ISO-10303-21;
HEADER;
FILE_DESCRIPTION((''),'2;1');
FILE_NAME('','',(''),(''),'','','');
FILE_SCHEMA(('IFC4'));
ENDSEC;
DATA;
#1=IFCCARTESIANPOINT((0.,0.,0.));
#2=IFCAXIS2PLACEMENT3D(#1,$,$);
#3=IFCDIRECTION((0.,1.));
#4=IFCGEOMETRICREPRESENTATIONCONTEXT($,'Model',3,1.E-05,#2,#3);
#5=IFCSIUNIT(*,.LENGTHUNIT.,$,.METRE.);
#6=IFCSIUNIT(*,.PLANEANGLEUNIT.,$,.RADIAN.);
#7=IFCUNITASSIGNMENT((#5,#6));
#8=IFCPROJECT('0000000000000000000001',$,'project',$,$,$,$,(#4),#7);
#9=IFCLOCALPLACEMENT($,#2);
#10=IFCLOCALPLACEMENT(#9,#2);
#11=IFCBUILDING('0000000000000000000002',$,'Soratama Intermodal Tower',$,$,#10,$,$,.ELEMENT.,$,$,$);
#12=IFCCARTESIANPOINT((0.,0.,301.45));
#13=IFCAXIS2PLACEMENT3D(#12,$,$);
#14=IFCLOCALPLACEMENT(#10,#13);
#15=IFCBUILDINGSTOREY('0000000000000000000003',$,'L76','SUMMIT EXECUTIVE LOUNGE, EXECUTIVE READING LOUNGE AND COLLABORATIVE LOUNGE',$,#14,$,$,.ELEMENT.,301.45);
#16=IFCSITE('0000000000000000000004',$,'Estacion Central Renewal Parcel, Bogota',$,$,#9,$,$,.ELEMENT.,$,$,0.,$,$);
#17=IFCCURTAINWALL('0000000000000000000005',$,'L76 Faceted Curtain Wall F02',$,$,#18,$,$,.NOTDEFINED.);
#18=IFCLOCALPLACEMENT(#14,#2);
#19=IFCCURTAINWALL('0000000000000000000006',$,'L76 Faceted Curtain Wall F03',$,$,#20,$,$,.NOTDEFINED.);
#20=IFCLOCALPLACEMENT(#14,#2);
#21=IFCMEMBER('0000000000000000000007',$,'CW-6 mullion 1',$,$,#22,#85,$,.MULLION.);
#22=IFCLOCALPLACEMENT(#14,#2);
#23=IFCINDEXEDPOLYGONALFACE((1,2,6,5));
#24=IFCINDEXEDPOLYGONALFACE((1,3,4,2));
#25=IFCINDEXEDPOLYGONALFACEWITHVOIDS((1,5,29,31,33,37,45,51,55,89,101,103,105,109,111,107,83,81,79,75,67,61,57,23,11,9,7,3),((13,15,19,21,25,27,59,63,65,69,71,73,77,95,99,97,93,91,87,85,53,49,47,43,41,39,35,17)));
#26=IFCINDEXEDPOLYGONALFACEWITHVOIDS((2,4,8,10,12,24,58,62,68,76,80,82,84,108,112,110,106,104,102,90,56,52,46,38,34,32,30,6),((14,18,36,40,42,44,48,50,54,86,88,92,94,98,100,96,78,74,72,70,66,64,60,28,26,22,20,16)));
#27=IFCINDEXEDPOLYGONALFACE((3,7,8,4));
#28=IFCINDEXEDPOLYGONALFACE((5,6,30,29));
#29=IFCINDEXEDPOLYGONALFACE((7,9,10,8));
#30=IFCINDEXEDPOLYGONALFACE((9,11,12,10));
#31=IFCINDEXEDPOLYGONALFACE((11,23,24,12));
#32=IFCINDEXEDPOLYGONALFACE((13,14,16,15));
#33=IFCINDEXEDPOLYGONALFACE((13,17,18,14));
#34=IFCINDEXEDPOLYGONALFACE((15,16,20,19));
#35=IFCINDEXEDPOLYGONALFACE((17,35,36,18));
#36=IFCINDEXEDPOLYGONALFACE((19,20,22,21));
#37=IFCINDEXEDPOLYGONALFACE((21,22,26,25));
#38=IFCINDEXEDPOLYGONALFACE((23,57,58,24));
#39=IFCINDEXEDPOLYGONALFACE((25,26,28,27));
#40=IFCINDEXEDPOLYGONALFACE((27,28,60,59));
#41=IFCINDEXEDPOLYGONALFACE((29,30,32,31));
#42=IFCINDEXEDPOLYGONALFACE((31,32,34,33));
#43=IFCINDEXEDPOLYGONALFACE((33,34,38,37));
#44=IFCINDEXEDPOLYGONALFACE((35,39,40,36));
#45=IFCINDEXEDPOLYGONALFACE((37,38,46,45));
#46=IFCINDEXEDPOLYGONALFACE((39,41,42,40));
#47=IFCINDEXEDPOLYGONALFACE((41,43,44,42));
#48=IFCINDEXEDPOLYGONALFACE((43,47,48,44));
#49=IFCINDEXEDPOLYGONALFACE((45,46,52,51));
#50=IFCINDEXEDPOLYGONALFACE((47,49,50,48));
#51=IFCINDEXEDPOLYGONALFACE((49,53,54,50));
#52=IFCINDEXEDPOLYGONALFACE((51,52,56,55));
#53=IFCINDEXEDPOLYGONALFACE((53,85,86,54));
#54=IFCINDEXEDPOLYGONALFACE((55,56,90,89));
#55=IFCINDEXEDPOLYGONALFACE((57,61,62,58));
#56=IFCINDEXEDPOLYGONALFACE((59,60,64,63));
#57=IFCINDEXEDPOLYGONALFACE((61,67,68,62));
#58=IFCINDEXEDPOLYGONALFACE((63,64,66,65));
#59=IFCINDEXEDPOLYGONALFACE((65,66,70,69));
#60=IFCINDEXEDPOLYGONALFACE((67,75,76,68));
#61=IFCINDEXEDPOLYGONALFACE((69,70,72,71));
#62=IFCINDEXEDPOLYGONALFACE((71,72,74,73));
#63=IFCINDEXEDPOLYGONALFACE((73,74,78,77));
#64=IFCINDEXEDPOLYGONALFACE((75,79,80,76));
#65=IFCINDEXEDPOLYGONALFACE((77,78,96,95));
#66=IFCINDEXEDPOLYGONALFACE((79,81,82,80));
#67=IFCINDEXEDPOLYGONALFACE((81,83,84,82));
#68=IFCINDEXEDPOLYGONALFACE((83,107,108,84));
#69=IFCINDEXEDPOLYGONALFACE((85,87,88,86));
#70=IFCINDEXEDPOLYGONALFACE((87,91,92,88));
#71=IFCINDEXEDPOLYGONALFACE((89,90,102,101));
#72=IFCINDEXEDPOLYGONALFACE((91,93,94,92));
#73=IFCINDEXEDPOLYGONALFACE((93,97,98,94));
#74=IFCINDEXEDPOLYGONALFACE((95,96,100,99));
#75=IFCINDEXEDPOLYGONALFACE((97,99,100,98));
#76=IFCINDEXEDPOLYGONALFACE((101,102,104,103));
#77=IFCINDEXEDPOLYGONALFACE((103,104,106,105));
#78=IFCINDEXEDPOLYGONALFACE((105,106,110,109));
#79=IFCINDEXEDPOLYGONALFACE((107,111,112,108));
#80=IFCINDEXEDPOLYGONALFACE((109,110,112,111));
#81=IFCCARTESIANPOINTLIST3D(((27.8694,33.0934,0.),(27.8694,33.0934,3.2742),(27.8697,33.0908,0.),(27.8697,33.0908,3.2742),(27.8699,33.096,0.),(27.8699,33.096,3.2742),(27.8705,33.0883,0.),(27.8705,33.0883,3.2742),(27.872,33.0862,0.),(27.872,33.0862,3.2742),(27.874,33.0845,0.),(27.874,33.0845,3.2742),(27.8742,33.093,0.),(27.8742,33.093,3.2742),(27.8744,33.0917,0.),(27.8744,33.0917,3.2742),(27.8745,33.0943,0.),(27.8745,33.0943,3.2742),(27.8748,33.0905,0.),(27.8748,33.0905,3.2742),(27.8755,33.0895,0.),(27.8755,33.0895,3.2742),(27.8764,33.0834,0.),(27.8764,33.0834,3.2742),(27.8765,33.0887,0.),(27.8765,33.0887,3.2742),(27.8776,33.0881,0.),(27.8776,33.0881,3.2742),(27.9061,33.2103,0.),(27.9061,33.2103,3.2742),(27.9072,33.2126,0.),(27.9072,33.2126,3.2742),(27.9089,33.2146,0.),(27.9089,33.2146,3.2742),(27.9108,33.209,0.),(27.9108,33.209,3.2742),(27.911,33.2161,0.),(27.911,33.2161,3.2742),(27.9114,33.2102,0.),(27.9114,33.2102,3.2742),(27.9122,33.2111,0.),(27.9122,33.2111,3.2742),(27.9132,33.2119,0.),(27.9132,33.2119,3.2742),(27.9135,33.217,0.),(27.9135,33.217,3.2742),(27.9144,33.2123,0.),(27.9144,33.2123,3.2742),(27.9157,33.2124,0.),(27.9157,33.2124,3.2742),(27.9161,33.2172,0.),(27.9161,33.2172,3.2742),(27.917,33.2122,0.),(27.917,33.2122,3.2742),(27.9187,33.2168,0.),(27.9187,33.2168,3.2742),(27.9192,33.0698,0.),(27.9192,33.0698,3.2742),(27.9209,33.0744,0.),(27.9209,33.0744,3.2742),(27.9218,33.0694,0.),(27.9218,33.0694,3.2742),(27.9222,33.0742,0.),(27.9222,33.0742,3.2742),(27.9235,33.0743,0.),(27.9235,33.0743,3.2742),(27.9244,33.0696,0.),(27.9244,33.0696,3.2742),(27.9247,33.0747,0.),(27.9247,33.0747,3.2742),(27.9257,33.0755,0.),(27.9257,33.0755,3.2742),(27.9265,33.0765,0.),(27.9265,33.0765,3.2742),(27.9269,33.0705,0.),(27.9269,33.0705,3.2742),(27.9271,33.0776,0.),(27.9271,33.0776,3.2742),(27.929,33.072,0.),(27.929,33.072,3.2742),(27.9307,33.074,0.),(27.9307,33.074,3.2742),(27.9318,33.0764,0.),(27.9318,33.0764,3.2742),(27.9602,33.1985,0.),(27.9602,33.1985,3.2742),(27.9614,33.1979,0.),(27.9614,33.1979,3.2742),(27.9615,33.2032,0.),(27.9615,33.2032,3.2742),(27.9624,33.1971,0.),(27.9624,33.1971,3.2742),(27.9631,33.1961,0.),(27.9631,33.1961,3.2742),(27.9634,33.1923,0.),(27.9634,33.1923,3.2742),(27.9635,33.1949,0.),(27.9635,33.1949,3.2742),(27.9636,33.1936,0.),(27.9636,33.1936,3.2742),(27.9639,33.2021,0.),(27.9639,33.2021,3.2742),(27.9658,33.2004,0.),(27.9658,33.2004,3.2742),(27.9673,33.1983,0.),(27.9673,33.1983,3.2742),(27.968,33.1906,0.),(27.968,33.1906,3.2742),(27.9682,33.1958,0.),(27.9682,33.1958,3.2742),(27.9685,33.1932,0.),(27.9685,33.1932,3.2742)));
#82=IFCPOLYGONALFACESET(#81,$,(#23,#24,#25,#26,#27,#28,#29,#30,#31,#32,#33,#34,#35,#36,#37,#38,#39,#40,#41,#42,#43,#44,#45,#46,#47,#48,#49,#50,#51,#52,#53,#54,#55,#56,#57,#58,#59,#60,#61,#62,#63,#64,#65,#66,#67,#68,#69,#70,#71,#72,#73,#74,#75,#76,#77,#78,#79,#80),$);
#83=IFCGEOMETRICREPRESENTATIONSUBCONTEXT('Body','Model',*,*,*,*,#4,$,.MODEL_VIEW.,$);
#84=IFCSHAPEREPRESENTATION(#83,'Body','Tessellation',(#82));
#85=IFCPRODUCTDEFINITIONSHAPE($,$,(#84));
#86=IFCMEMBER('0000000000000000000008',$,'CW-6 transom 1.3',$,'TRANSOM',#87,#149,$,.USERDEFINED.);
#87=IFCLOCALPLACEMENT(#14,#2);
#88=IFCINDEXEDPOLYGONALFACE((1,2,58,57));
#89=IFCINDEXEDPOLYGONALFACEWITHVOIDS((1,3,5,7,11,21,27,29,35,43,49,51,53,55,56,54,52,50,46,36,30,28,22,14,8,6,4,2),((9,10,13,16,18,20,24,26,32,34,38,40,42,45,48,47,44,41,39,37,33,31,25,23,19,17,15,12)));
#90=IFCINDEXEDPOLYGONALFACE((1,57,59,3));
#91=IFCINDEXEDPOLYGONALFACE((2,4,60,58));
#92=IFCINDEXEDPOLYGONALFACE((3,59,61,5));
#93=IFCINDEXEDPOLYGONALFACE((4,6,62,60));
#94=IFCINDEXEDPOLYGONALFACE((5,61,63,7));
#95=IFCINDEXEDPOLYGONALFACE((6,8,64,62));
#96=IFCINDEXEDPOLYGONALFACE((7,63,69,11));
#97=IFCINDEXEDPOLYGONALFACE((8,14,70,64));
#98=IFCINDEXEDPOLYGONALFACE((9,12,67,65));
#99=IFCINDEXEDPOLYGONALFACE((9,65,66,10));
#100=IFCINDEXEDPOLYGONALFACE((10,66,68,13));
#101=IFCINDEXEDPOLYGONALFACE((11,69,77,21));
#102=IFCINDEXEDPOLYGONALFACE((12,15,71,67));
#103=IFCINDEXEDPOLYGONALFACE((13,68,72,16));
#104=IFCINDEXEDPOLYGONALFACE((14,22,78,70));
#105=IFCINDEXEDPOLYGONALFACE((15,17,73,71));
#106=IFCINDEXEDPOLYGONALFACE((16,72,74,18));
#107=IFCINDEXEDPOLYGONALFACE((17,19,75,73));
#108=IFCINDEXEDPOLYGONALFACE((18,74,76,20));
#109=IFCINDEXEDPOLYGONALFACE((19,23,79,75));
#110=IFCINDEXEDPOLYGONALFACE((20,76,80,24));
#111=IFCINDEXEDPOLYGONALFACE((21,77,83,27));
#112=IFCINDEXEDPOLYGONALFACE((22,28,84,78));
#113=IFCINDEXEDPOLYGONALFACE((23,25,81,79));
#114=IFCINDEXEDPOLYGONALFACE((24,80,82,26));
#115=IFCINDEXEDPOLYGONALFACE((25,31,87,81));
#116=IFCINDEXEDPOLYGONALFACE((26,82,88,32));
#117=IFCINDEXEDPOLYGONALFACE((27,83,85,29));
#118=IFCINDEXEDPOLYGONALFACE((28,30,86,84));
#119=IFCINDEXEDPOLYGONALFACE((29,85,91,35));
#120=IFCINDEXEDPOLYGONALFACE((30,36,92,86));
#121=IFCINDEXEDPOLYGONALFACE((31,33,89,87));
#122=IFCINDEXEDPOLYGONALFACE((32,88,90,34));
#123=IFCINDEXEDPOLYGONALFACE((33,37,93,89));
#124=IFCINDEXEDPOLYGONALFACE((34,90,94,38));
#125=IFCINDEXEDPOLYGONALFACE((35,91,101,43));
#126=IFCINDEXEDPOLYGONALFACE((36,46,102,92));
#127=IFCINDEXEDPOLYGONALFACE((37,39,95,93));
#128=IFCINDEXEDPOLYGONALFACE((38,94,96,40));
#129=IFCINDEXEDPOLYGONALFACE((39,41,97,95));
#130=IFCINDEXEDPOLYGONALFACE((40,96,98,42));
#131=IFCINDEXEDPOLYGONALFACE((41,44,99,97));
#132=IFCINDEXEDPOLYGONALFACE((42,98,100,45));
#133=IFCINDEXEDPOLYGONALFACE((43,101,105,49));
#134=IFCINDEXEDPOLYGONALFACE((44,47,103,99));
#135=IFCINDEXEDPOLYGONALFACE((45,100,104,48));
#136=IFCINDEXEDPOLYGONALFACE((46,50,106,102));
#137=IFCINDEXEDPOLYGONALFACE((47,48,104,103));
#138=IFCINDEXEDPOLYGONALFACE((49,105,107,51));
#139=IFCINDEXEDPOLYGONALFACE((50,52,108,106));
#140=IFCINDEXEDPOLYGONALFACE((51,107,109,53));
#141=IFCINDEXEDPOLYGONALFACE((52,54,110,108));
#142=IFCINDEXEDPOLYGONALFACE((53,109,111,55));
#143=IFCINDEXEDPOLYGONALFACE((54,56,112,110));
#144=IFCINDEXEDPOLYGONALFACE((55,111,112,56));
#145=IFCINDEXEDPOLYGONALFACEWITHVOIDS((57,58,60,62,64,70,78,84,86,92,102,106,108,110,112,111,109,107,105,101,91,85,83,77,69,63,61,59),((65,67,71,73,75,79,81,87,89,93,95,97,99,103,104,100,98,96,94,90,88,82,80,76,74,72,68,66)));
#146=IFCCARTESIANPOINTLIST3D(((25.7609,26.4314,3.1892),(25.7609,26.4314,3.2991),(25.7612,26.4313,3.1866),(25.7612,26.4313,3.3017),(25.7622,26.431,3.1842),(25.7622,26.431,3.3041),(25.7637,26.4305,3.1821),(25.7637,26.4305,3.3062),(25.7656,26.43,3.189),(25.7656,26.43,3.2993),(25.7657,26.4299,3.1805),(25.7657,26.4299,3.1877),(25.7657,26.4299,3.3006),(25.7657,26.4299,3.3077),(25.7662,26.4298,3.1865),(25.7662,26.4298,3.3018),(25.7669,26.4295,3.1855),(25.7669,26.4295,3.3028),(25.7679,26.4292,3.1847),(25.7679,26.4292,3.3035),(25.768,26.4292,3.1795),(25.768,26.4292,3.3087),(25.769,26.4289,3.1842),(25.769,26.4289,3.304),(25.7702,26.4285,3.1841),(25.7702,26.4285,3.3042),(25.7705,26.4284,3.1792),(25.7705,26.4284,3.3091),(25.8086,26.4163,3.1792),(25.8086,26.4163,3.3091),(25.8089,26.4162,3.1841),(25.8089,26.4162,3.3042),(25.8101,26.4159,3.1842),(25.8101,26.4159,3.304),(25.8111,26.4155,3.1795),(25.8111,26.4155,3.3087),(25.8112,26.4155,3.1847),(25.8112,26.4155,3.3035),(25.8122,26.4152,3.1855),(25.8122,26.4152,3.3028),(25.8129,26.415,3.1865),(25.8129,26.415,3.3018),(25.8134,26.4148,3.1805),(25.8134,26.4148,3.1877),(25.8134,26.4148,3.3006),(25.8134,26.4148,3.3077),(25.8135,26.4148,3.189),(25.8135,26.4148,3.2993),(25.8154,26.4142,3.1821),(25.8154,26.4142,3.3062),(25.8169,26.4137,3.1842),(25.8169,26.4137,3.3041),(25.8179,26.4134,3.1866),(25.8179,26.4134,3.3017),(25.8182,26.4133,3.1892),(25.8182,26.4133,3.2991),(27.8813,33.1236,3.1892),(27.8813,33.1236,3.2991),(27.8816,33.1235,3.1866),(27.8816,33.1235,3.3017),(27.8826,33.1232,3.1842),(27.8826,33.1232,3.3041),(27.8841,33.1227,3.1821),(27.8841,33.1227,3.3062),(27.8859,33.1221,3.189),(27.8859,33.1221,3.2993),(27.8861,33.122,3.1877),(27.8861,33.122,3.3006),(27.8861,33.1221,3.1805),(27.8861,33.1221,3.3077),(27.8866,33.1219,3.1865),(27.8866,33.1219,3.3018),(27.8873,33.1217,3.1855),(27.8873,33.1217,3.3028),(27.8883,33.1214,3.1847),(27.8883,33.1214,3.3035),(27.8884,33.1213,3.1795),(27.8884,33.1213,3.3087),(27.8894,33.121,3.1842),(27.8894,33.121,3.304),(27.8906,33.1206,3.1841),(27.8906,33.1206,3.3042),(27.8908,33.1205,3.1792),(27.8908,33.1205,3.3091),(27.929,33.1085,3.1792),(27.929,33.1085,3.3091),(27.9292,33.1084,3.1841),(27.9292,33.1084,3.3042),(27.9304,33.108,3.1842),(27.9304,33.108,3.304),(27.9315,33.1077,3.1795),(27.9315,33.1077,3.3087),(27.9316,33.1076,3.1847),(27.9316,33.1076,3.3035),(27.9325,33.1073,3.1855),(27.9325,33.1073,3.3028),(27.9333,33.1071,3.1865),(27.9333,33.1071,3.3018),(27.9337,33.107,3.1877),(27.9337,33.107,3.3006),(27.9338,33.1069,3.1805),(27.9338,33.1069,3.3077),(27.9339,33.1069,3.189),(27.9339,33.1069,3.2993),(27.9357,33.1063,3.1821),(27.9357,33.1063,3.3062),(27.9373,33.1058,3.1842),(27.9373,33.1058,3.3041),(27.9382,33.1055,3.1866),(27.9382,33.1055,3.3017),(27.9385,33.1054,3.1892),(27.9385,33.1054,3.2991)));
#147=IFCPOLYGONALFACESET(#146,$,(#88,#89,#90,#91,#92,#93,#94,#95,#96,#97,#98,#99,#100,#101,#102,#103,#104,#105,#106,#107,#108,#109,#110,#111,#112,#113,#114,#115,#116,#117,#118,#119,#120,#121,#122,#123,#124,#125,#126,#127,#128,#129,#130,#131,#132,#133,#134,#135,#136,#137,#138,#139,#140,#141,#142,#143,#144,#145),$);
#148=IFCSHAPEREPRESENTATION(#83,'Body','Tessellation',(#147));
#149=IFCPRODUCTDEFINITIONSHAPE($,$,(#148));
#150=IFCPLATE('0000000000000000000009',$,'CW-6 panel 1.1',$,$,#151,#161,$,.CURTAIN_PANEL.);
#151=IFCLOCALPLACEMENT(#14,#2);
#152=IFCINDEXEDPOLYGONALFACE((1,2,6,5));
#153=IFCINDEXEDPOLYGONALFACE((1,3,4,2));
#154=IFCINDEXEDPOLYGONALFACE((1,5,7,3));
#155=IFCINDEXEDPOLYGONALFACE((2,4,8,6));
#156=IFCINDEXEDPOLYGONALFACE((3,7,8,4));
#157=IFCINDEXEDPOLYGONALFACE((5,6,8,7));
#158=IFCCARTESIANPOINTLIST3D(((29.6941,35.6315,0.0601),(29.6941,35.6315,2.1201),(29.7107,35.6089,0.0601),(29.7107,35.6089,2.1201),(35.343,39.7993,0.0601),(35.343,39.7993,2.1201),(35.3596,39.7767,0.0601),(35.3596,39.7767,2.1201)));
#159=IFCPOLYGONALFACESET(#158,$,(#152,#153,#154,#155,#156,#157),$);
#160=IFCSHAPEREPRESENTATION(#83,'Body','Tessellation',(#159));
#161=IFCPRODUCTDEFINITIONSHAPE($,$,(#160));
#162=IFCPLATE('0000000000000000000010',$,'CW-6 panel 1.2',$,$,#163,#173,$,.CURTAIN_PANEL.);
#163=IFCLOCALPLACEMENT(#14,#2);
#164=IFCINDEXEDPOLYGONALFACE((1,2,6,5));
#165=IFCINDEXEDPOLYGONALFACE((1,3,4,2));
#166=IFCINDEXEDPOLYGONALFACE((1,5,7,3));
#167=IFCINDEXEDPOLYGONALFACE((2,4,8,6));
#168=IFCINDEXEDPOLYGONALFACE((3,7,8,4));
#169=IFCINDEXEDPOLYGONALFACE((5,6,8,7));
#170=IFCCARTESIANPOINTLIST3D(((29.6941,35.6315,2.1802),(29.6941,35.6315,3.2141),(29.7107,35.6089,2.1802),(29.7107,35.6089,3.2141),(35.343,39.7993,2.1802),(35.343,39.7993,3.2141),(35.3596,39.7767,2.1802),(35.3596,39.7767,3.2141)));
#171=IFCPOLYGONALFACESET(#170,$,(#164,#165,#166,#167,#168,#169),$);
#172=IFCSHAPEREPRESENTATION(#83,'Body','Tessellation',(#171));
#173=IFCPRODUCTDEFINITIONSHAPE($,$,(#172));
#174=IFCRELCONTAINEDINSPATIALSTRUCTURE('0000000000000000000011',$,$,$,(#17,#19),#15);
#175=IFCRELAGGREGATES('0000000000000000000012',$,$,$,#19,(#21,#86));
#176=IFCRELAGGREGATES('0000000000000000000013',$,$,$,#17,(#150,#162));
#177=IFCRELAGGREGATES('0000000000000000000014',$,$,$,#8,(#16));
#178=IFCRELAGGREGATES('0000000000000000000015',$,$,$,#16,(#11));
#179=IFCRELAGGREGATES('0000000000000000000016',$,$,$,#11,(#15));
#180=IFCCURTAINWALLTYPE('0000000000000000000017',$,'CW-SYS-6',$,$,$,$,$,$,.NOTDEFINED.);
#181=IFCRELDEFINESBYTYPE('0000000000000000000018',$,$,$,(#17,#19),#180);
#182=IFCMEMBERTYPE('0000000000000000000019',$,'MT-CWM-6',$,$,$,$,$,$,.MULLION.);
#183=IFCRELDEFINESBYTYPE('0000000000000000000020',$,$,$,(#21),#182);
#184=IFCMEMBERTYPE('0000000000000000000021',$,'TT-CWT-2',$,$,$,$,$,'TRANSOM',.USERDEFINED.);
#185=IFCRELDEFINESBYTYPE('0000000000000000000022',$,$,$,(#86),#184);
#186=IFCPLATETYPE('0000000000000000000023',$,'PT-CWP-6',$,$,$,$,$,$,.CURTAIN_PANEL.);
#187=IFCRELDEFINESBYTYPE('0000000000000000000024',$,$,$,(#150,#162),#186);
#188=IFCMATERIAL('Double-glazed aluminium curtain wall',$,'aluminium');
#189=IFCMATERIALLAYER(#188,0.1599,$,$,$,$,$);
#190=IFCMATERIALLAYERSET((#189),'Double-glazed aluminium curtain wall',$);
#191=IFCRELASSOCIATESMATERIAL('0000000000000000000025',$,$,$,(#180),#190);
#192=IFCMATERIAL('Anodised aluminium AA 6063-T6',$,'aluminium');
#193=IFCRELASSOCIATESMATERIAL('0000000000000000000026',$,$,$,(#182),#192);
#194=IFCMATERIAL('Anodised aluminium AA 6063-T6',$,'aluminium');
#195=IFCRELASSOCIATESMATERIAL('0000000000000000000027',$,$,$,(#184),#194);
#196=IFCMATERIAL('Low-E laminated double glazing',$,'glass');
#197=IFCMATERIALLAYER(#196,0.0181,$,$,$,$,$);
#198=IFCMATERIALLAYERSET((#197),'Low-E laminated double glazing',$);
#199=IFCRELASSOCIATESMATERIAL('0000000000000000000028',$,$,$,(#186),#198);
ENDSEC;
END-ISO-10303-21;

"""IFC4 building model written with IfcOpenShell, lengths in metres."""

from ifc_helpers import new_model, si_unit, direction, frame, origin, origin_2d, place, context, subcontext, project, spatial, rectangle, hollow_rectangle, extrude, material, layer, layer_set, material_profile, profile_set, type_object, element, aggregate, save


model = new_model("IFC4")

# Units and contexts
model_context = context("Model", 3, precision=1e-05, world=origin(), true_north=direction((0.0, 1.0)))
body_context = subcontext(model_context, "Body", "Model", "MODEL_VIEW")
ifc_project = project(units=[si_unit("LENGTHUNIT", "METRE"), si_unit("PLANEANGLEUNIT", "RADIAN")], contexts=[model_context])

# Site, building, storey
site_placement = place(None, origin())
site = spatial("IfcSite", under=ifc_project, at=site_placement, Name="Estacion Central Renewal Parcel, Bogota", CompositionType="ELEMENT", RefElevation=0.0)
building_placement = place(site_placement, origin())
building = spatial("IfcBuilding", under=site, at=building_placement, Name="Soratama Intermodal Tower", CompositionType="ELEMENT")
storey_placement = place(building_placement, frame((0.0, 0.0, 301.45)))
storey = spatial("IfcBuildingStorey", under=building, at=storey_placement, Name="L76", Description="SUMMIT EXECUTIVE LOUNGE, EXECUTIVE READING LOUNGE AND COLLABORATIVE LOUNGE", CompositionType="ELEMENT", Elevation=301.45)

# Curtain wall
ifc_material_1 = material(Name="Double-glazed aluminium curtain wall", Category="aluminium")
ifc_layer_1 = layer(ifc_material_1, 0.1599)
ifc_layer_set_1 = layer_set([ifc_layer_1], Name="Double-glazed aluminium curtain wall")
curtain_wall_type = type_object("IfcCurtainWallType", Name="CW-SYS-6", PredefinedType="NOTDEFINED", material=ifc_layer_set_1)
curtain_wall_1_placement = place(storey_placement, origin())
curtain_wall_1 = element("IfcCurtainWall", 1, at=curtain_wall_1_placement, inside=storey, type_object=curtain_wall_type, Name="L76 Faceted Curtain Wall F02", PredefinedType="NOTDEFINED")
ifc_material_2 = material(Name="Anodised aluminium AA 6063-T6", Category="aluminium")
ifc_material_profile_1 = material_profile(ifc_material_2, hollow_rectangle(XDim=0.0649, YDim=0.1399, WallThickness=0.0049, InnerFilletRadius=0.0049, OuterFilletRadius=0.01, at=origin_2d()), Name="CWM140X65X5")
ifc_profile_set_1 = profile_set([ifc_material_profile_1], Name="Anodised aluminium AA 6063-T6")
member_type_1 = type_object("IfcMemberType", Name="MT-CWM-6", PredefinedType="MULLION", material=ifc_profile_set_1)

# Curtain wall, members
curtain_wall_2_placement = place(storey_placement, origin())
curtain_wall_2 = element("IfcCurtainWall", 2, at=curtain_wall_2_placement, inside=storey, type_object=curtain_wall_type, Name="L76 Faceted Curtain Wall F03", PredefinedType="NOTDEFINED")
member_1_placement = place(storey_placement, frame((27.9189, 33.1433, 0.0), z_axis=(0.0, 0.0, 1.0), x_axis=(0.953296, -0.302037, 0.0)))
member_1 = element("IfcMember", 3, at=member_1_placement, type_object=member_type_1, Name="CW-6 mullion 1", PredefinedType="MULLION", context=body_context, shape_type="SweptSolid", body=[
    extrude(hollow_rectangle(XDim=0.0649, YDim=0.1399, WallThickness=0.0049, InnerFilletRadius=0.0049, OuterFilletRadius=0.01, at=origin_2d()), origin(), (0.0, 0.0, 1.0), 3.2742),
])
ifc_material_3 = material(Name="Anodised aluminium AA 6063-T6", Category="aluminium")
ifc_material_profile_2 = material_profile(ifc_material_3, hollow_rectangle(XDim=0.0601, YDim=0.1299, WallThickness=0.0049, InnerFilletRadius=0.0049, OuterFilletRadius=0.01, at=origin_2d()), Name="CWT130X60X5")
ifc_profile_set_2 = profile_set([ifc_material_profile_2], Name="Anodised aluminium AA 6063-T6")
member_type_2 = type_object("IfcMemberType", Name="TT-CWT-2", ElementType="TRANSOM", PredefinedType="USERDEFINED", material=ifc_profile_set_2)
member_2_placement = place(storey_placement, frame((27.9099, 33.1145, 3.2441), z_axis=(-0.302045, -0.953294, 0.0), x_axis=(0.953294, -0.302045, 0.0)))
member_2 = element("IfcMember", 4, at=member_2_placement, type_object=member_type_2, Name="CW-6 transom 1.3", ObjectType="TRANSOM", PredefinedType="USERDEFINED", context=body_context, shape_type="SweptSolid", body=[
    extrude(hollow_rectangle(XDim=0.0601, YDim=0.1299, WallThickness=0.0049, InnerFilletRadius=0.0049, OuterFilletRadius=0.01, at=origin_2d()), origin(), (0.0, 0.0, 1.0), 7.02),
])
aggregate(curtain_wall_2, [member_1, member_2])

# Plates
ifc_material_4 = material(Name="Low-E laminated double glazing", Category="glass")
ifc_layer_2 = layer(ifc_material_4, 0.0181)
ifc_layer_set_2 = layer_set([ifc_layer_2], Name="Low-E laminated double glazing")
plate_type = type_object("IfcPlateType", Name="PT-CWP-6", PredefinedType="CURTAIN_PANEL", material=ifc_layer_set_2)
plate_1_placement = place(storey_placement, frame((32.5269, 37.7041, 0.0601), z_axis=(0.0, 0.0, 1.0), x_axis=(-0.804683, -0.593705, 0.0)))
plate_1 = element("IfcPlate", 5, at=plate_1_placement, type_object=plate_type, Name="CW-6 panel 1.1", PredefinedType="CURTAIN_PANEL", context=body_context, shape_type="SweptSolid", body=[
    extrude(rectangle(XDim=7.02, YDim=0.0281, at=origin_2d()), origin(), (0.0, 0.0, 1.0), 2.0601),
])
plate_2_placement = place(storey_placement, frame((32.5269, 37.7041, 2.1802), z_axis=(0.0, 0.0, 1.0), x_axis=(-0.804683, -0.593705, 0.0)))
plate_2 = element("IfcPlate", 6, at=plate_2_placement, type_object=plate_type, Name="CW-6 panel 1.2", PredefinedType="CURTAIN_PANEL", context=body_context, shape_type="SweptSolid", body=[
    extrude(rectangle(XDim=7.02, YDim=0.0281, at=origin_2d()), origin(), (0.0, 0.0, 1.0), 1.0339),
])
aggregate(curtain_wall_1, [plate_1, plate_2])

save(model, "model.ifc")
